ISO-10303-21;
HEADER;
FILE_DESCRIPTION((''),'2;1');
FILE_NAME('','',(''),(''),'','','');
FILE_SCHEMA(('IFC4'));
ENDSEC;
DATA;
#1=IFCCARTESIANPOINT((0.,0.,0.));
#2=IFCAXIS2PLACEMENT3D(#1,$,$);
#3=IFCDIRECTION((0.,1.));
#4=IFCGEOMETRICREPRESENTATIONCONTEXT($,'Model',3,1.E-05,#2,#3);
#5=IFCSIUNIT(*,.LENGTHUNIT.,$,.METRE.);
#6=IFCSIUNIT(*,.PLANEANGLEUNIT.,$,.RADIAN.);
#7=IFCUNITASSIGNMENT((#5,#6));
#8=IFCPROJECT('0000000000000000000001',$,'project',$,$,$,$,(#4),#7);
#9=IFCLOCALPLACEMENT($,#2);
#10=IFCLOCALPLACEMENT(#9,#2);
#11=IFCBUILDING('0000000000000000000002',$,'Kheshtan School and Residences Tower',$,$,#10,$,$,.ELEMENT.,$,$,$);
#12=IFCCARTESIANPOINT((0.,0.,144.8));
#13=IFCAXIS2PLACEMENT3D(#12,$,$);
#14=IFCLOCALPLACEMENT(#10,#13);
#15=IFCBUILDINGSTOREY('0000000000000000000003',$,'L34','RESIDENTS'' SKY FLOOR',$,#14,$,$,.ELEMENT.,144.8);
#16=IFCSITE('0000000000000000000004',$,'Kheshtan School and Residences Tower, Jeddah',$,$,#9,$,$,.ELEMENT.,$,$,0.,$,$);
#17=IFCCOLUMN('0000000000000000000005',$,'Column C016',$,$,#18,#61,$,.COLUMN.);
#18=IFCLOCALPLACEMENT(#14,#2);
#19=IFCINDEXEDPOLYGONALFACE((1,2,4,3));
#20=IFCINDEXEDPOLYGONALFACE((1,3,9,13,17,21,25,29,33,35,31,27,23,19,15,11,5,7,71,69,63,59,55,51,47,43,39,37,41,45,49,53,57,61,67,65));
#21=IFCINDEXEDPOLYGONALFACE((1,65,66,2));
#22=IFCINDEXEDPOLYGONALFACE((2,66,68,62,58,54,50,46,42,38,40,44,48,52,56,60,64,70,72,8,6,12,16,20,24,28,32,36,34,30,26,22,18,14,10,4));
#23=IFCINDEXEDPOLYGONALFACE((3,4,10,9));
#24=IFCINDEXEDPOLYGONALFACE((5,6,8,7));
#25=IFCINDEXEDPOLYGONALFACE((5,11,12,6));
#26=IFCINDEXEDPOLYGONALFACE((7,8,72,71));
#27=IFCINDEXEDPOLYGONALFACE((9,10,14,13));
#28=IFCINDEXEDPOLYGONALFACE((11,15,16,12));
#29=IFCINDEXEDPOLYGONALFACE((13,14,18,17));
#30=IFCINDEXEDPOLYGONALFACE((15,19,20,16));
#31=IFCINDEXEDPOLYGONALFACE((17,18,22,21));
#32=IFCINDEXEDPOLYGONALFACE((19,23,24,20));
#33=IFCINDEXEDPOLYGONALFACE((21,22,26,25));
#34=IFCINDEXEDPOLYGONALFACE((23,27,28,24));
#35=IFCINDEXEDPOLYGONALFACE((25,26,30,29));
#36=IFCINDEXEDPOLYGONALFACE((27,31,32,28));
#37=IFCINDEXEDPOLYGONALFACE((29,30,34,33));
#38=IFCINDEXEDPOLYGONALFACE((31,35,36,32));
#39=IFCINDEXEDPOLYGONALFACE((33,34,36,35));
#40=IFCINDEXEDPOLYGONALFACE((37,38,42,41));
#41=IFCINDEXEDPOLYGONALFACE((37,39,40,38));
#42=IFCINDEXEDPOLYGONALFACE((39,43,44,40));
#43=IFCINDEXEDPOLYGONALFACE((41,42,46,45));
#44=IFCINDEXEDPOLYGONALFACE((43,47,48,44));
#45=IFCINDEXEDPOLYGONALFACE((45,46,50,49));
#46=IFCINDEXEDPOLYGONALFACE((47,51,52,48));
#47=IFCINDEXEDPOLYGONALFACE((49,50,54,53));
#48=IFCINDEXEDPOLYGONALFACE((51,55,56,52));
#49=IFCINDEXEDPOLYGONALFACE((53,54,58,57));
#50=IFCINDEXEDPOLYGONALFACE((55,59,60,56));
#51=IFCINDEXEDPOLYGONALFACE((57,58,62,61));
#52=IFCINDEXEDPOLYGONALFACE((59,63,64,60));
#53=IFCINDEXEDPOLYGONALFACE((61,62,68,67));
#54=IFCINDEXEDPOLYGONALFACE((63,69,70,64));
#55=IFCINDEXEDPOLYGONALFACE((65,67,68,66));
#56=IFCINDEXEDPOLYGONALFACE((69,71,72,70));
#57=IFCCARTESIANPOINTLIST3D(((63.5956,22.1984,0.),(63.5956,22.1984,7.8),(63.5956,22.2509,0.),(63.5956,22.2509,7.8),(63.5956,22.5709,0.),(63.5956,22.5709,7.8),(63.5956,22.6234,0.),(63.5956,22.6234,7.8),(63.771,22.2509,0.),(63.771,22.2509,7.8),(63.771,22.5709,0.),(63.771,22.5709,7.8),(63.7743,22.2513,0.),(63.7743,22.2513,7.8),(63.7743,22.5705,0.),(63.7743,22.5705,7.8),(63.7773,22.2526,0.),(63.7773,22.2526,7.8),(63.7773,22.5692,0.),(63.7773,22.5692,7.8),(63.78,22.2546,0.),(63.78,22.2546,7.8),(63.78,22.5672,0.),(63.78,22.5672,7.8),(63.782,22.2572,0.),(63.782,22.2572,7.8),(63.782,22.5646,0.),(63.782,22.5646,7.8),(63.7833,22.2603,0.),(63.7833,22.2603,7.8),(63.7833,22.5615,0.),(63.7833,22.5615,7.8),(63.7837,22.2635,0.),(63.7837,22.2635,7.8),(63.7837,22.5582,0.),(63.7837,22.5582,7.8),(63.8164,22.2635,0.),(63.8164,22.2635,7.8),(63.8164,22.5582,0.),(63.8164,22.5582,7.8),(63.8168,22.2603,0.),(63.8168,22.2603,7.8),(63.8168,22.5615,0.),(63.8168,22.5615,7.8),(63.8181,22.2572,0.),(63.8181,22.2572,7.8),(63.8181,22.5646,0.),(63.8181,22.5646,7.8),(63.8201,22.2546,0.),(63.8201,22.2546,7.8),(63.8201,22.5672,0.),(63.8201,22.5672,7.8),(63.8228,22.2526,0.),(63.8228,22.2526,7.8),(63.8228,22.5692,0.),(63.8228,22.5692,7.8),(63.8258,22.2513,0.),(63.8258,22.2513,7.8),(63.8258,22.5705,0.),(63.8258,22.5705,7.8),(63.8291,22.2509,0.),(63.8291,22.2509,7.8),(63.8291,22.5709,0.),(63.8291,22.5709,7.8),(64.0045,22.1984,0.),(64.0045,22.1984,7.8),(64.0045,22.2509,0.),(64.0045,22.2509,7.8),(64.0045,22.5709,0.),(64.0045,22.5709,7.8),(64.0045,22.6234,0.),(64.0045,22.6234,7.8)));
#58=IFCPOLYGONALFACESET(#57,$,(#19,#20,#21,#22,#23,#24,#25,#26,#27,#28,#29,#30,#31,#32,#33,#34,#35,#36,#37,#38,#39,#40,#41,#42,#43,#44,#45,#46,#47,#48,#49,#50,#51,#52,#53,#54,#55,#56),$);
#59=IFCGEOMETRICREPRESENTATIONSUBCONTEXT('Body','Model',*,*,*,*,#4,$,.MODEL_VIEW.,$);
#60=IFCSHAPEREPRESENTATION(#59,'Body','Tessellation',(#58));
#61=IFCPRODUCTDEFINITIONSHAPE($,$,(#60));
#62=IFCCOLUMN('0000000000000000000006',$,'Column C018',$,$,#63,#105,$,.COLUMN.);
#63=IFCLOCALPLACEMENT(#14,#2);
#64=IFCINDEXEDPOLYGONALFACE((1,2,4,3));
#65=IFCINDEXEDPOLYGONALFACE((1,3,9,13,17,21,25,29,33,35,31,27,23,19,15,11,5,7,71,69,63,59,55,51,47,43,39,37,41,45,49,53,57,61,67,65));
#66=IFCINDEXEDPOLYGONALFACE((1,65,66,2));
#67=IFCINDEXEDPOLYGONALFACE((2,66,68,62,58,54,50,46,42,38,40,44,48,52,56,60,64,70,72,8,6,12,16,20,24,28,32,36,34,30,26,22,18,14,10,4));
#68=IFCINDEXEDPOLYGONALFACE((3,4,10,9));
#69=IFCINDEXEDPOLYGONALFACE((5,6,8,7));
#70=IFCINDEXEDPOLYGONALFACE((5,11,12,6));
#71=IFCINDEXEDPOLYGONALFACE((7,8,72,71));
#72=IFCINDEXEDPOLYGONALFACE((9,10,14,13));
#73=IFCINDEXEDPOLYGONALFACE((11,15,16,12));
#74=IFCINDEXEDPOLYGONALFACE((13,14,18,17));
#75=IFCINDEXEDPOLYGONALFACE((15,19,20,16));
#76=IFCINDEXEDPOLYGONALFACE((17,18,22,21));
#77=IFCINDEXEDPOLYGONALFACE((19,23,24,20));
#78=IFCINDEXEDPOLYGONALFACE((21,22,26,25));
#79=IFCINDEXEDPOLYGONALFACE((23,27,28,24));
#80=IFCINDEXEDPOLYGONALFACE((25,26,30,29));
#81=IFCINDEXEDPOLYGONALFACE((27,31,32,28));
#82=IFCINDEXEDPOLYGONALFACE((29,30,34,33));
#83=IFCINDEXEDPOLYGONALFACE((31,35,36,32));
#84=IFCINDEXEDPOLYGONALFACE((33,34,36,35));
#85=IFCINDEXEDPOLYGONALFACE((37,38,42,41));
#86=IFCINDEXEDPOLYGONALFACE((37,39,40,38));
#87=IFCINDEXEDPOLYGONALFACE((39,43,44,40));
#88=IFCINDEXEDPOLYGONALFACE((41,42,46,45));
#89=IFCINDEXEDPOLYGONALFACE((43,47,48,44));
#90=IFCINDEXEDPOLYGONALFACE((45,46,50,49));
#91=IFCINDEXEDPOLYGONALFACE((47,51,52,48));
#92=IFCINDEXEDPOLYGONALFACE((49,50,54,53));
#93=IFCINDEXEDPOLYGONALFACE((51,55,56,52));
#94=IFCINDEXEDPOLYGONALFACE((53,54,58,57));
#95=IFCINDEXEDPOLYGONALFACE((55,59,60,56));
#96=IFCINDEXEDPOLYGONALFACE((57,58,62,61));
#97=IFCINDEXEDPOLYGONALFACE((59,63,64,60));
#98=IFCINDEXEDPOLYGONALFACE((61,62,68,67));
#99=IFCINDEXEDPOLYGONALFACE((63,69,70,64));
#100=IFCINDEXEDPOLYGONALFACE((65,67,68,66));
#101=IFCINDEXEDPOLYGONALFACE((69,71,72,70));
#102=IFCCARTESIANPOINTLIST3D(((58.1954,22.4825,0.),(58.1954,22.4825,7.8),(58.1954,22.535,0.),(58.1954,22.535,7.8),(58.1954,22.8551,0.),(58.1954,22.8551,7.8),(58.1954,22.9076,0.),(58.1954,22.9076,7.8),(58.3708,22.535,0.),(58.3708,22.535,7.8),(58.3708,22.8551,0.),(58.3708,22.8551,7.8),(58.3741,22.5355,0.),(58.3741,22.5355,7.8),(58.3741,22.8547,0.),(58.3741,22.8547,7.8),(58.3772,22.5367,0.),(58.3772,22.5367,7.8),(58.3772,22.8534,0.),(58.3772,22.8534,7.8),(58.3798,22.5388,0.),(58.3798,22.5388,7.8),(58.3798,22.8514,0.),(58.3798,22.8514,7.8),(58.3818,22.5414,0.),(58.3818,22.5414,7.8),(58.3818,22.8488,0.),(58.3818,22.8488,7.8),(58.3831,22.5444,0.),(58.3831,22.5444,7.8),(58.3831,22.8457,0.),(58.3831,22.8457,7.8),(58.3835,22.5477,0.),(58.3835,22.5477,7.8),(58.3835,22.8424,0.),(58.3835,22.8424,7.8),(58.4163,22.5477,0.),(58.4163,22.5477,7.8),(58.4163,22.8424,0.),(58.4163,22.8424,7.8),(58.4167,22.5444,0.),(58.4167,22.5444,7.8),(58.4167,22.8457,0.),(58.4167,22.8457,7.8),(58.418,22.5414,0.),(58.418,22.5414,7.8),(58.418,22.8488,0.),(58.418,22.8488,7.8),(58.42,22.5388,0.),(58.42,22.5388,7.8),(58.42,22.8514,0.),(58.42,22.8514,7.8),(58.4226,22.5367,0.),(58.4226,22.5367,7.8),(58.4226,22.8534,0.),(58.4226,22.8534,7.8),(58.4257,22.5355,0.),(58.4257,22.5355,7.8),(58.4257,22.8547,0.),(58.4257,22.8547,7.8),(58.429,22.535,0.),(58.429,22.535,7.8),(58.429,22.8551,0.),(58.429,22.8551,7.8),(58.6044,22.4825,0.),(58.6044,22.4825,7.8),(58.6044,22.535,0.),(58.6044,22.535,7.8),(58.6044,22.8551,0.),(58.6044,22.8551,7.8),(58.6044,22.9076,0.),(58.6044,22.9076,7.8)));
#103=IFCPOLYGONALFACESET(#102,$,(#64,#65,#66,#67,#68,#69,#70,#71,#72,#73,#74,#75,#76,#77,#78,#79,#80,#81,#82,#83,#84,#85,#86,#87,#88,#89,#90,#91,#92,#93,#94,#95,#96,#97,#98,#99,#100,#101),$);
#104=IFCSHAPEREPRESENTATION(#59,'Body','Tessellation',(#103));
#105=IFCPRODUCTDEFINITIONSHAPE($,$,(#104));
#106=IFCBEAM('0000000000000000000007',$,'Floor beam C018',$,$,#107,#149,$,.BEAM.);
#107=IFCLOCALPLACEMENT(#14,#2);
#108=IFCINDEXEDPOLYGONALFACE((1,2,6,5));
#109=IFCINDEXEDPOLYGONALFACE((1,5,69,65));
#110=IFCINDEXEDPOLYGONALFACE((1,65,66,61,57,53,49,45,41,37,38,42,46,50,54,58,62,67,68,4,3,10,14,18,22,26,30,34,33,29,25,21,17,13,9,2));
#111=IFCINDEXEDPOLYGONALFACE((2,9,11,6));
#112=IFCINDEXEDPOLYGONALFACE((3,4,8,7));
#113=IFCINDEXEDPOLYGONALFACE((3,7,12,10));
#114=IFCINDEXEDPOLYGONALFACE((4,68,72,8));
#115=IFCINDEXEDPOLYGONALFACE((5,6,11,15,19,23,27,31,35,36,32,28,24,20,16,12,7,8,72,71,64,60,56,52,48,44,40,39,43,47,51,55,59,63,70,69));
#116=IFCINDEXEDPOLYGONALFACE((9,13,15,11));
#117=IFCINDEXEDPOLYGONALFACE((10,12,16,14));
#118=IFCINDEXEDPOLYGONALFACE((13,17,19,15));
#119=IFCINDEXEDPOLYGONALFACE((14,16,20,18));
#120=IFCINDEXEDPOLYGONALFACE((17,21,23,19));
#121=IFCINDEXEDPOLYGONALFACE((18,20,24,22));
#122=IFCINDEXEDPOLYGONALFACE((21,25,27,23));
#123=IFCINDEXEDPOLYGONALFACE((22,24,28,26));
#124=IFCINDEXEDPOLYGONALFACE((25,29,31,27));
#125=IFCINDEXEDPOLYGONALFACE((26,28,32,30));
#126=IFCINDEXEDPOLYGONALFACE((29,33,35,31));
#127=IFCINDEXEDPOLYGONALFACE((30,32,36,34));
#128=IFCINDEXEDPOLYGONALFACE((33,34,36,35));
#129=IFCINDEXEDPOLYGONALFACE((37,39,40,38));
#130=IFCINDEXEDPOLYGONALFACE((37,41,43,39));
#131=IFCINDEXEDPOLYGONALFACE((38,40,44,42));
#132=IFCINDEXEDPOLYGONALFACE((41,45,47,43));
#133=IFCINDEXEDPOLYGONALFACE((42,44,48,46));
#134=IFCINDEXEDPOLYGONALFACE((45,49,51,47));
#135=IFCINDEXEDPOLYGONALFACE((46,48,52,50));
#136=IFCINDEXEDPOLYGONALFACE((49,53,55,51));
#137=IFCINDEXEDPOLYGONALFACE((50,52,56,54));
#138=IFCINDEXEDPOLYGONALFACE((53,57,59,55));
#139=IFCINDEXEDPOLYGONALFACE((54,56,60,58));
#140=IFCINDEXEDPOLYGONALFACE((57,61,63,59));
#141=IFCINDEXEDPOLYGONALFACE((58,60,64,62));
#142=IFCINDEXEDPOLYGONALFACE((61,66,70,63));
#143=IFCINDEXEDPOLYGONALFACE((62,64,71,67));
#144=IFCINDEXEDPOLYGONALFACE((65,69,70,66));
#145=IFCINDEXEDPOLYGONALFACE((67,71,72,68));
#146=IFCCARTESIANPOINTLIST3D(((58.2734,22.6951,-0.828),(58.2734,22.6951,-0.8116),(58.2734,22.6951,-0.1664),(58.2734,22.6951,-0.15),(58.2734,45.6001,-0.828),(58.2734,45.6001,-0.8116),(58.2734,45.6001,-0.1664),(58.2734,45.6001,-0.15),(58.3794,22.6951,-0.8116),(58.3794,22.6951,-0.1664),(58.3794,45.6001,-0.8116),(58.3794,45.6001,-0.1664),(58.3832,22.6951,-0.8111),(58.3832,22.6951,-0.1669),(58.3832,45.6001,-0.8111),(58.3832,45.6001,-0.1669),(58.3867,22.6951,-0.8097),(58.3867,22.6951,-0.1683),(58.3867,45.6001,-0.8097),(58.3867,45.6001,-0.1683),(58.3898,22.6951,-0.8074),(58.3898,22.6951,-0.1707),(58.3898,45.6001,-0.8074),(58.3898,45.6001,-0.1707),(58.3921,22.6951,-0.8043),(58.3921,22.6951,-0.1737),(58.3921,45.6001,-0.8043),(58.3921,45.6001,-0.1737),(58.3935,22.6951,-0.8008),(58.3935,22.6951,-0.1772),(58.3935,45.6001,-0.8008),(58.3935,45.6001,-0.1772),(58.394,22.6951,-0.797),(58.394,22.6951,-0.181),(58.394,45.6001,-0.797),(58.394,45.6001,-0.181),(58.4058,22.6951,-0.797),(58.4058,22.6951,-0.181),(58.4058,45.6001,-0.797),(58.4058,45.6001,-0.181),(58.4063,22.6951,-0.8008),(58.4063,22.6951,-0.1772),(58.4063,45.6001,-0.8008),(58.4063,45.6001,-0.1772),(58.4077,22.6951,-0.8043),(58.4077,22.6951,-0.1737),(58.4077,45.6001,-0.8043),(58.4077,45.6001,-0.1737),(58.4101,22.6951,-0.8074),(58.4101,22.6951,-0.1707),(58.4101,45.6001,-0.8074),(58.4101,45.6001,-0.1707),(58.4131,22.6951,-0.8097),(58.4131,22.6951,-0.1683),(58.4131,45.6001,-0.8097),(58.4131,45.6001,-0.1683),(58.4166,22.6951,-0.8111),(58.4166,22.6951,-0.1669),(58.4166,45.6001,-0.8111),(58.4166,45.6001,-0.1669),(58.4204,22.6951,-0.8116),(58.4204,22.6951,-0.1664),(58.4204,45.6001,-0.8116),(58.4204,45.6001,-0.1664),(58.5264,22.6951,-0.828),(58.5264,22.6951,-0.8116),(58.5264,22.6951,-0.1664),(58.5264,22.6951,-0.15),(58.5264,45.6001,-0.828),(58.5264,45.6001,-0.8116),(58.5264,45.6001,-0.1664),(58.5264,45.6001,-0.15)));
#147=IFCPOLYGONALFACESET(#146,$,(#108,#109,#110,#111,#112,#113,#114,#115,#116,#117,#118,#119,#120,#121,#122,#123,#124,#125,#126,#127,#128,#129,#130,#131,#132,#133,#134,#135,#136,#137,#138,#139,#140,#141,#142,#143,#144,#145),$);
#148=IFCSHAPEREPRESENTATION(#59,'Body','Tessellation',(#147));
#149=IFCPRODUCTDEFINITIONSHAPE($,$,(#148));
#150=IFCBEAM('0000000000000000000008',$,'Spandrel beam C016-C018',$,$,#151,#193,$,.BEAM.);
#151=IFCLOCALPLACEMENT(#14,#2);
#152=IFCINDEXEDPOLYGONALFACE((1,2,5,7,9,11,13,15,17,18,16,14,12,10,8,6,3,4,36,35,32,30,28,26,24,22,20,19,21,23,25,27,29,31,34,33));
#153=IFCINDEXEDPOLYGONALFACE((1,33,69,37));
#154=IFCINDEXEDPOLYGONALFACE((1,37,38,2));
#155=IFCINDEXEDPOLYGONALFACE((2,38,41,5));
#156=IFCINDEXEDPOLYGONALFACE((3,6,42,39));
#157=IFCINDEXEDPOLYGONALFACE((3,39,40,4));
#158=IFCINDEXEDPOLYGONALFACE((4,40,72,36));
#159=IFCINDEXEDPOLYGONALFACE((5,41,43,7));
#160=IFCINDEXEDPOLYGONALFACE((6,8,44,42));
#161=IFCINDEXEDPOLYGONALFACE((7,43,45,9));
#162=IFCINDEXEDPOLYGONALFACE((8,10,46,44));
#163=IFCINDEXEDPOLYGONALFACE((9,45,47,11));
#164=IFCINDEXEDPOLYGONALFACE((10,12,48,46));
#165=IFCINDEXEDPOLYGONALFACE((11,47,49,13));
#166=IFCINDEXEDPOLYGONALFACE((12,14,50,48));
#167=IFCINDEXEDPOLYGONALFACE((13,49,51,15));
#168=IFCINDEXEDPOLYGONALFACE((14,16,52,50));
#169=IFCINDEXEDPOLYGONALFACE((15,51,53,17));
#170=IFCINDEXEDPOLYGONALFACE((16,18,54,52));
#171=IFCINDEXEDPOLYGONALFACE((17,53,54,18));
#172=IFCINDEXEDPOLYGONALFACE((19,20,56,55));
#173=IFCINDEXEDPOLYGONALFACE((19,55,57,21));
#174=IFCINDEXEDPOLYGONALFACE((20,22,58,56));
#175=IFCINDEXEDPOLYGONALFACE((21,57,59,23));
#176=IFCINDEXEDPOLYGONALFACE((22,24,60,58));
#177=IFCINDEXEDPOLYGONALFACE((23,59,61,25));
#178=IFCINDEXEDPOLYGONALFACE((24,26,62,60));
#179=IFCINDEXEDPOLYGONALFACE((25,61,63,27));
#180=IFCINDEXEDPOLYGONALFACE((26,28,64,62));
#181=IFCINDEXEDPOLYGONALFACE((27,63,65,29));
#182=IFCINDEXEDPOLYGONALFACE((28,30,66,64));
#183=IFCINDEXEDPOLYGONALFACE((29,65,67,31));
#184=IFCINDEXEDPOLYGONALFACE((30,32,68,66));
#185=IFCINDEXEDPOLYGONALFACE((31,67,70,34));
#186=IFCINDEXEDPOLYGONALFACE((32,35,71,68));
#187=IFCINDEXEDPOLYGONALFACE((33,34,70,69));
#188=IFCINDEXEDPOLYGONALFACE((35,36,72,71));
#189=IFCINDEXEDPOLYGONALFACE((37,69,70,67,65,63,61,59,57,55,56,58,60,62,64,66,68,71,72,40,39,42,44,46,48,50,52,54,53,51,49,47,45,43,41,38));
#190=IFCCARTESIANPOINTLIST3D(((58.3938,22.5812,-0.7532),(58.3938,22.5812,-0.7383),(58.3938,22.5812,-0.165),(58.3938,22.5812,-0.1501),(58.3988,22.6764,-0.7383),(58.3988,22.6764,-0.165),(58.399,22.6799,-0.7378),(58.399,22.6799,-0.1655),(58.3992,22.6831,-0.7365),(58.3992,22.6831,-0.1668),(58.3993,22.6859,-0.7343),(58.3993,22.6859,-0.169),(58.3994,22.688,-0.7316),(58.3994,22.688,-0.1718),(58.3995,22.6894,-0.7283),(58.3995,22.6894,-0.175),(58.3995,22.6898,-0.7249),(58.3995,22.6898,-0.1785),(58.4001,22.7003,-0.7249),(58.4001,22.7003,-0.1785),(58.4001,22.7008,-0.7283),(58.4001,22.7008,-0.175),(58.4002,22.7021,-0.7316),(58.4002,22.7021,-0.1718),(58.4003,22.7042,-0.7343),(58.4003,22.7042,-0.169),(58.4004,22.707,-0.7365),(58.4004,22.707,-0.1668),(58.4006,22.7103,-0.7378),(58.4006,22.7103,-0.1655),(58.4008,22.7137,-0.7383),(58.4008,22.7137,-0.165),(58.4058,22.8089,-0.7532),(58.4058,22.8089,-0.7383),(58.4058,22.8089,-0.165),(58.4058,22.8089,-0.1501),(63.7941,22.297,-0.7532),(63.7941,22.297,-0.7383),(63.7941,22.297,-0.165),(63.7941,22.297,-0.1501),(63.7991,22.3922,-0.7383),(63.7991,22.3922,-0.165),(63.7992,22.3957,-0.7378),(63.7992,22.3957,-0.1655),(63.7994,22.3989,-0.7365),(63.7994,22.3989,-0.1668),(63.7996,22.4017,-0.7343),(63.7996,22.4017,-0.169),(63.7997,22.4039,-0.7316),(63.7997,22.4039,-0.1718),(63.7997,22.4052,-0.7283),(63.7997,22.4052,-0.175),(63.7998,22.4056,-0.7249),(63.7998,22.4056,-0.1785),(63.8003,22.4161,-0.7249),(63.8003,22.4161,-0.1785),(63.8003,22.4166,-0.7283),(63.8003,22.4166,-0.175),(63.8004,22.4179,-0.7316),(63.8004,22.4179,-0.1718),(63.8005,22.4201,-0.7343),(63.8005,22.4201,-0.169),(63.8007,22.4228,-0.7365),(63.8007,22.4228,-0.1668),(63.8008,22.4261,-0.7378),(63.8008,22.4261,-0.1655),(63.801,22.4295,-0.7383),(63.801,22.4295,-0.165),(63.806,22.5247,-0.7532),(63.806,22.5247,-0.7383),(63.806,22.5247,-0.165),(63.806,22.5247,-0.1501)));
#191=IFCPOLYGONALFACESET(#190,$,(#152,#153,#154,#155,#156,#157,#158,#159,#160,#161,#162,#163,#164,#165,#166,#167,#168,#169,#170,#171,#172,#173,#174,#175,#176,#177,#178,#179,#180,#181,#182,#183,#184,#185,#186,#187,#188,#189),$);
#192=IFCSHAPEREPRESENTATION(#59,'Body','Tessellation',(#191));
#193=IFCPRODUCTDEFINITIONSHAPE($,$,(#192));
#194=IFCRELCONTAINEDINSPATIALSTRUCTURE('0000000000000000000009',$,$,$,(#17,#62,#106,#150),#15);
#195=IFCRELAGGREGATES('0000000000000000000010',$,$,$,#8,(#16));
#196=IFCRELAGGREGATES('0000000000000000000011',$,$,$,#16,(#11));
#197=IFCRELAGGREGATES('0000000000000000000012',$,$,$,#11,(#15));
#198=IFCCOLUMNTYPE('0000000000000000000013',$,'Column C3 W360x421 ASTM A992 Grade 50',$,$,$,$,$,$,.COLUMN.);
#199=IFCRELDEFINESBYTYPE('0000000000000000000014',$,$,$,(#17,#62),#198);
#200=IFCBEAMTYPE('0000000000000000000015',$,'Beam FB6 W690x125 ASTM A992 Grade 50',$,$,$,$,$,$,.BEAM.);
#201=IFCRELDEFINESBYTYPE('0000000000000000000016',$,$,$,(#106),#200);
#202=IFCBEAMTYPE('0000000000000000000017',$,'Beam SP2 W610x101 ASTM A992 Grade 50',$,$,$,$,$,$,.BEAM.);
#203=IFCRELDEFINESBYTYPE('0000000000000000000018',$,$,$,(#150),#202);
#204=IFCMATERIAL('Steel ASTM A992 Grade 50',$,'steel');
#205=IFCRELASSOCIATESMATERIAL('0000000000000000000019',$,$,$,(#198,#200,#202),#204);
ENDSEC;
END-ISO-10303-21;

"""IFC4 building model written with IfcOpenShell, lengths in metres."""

from ifc_helpers import new_model, si_unit, direction, frame, origin, origin_2d, place, context, subcontext, project, spatial, i_section, extrude, material, material_profile, profile_set, type_object, element, save


model = new_model("IFC4")

# Units and contexts
model_context = context("Model", 3, precision=1e-05, world=origin(), true_north=direction((0.0, 1.0)))
body_context = subcontext(model_context, "Body", "Model", "MODEL_VIEW")
ifc_project = project(units=[si_unit("LENGTHUNIT", "METRE"), si_unit("PLANEANGLEUNIT", "RADIAN")], contexts=[model_context])

# Site, building, storey
site_placement = place(None, origin())
site = spatial("IfcSite", under=ifc_project, at=site_placement, Name="Kheshtan School and Residences Tower, Jeddah", CompositionType="ELEMENT", RefElevation=0.0)
building_placement = place(site_placement, origin())
building = spatial("IfcBuilding", under=site, at=building_placement, Name="Kheshtan School and Residences Tower", CompositionType="ELEMENT")
storey_placement = place(building_placement, frame((0.0, 0.0, 144.8)))
storey = spatial("IfcBuildingStorey", under=building, at=storey_placement, Name="L34", Description="RESIDENTS' SKY FLOOR", CompositionType="ELEMENT", Elevation=144.8)

# Columns
ifc_material_1 = material(Name="Steel ASTM A992 Grade 50", Category="steel")
ifc_material_profile_1 = material_profile(ifc_material_1, i_section(OverallWidth=0.4089, OverallDepth=0.425, WebThickness=0.0327, FlangeThickness=0.0525, FilletRadius=0.0127, at=origin_2d()), Name="W360x421")
ifc_profile_set_1 = profile_set([ifc_material_profile_1], Name="Steel ASTM A992 Grade 50")
column_type = type_object("IfcColumnType", Name="Column C3 W360x421 ASTM A992 Grade 50", PredefinedType="COLUMN", material=ifc_profile_set_1)
for number, where, z_axis, x_axis, name in (
    (1, (63.8, 22.4109, 0.0), (0.0, 0.0, 1.0), (1.0, 0.0, 0.0), "Column C016"),
    (2, (58.3999, 22.6951, 0.0), (0.0, 0.0, 1.0), (1.0, 0.0, 0.0), "Column C018"),
):
    element("IfcColumn", number, at=place(storey_placement, frame(where, z_axis=z_axis, x_axis=x_axis)), inside=storey, type_object=column_type, Name=name, PredefinedType="COLUMN", context=body_context, shape_type="SweptSolid", body=[
        extrude(i_section(OverallWidth=0.4089, OverallDepth=0.425, WebThickness=0.0327, FlangeThickness=0.0525, FilletRadius=0.0127, at=origin_2d()), origin(), (0.0, 0.0, 1.0), 7.8),
    ])

# Beams
ifc_material_profile_2 = material_profile(ifc_material_1, i_section(OverallWidth=0.2529, OverallDepth=0.678, WebThickness=0.0117, FlangeThickness=0.0164, FilletRadius=0.0146, at=origin_2d()), Name="W690x125")
ifc_profile_set_2 = profile_set([ifc_material_profile_2], Name="Steel ASTM A992 Grade 50")
beam_type_1 = type_object("IfcBeamType", Name="Beam FB6 W690x125 ASTM A992 Grade 50", PredefinedType="BEAM", material=ifc_profile_set_2)
beam_1_placement = place(storey_placement, frame((58.3999, 22.6951, -0.489), z_axis=(0.0, 1.0, 0.0), x_axis=(-1.0, 0.0, 0.0)))
element("IfcBeam", 3, at=beam_1_placement, inside=storey, type_object=beam_type_1, Name="Floor beam C018", PredefinedType="BEAM", context=body_context, shape_type="SweptSolid", body=[
    extrude(i_section(OverallWidth=0.2529, OverallDepth=0.678, WebThickness=0.0117, FlangeThickness=0.0164, FilletRadius=0.0146, at=origin_2d()), origin(), (0.0, 0.0, 1.0), 22.905),
])
ifc_material_profile_3 = material_profile(ifc_material_1, i_section(OverallWidth=0.228, OverallDepth=0.603, WebThickness=0.0105, FlangeThickness=0.0149, FilletRadius=0.0134, at=origin_2d()), Name="W610x101")
ifc_profile_set_3 = profile_set([ifc_material_profile_3], Name="Steel ASTM A992 Grade 50")
beam_type_2 = type_object("IfcBeamType", Name="Beam SP2 W610x101 ASTM A992 Grade 50", PredefinedType="BEAM", material=ifc_profile_set_3)
beam_2_placement = place(storey_placement, frame((63.8, 22.4109, -0.4517), z_axis=(-0.998618, 0.052552, 0.0), x_axis=(-0.052552, -0.998618, 0.0)))
element("IfcBeam", 4, at=beam_2_placement, inside=storey, type_object=beam_type_2, Name="Spandrel beam C016-C018", PredefinedType="BEAM", context=body_context, shape_type="SweptSolid", body=[
    extrude(i_section(OverallWidth=0.228, OverallDepth=0.603, WebThickness=0.0105, FlangeThickness=0.0149, FilletRadius=0.0134, at=origin_2d()), origin(), (0.0, 0.0, 1.0), 5.4077),
])

save(model, "model.ifc")
